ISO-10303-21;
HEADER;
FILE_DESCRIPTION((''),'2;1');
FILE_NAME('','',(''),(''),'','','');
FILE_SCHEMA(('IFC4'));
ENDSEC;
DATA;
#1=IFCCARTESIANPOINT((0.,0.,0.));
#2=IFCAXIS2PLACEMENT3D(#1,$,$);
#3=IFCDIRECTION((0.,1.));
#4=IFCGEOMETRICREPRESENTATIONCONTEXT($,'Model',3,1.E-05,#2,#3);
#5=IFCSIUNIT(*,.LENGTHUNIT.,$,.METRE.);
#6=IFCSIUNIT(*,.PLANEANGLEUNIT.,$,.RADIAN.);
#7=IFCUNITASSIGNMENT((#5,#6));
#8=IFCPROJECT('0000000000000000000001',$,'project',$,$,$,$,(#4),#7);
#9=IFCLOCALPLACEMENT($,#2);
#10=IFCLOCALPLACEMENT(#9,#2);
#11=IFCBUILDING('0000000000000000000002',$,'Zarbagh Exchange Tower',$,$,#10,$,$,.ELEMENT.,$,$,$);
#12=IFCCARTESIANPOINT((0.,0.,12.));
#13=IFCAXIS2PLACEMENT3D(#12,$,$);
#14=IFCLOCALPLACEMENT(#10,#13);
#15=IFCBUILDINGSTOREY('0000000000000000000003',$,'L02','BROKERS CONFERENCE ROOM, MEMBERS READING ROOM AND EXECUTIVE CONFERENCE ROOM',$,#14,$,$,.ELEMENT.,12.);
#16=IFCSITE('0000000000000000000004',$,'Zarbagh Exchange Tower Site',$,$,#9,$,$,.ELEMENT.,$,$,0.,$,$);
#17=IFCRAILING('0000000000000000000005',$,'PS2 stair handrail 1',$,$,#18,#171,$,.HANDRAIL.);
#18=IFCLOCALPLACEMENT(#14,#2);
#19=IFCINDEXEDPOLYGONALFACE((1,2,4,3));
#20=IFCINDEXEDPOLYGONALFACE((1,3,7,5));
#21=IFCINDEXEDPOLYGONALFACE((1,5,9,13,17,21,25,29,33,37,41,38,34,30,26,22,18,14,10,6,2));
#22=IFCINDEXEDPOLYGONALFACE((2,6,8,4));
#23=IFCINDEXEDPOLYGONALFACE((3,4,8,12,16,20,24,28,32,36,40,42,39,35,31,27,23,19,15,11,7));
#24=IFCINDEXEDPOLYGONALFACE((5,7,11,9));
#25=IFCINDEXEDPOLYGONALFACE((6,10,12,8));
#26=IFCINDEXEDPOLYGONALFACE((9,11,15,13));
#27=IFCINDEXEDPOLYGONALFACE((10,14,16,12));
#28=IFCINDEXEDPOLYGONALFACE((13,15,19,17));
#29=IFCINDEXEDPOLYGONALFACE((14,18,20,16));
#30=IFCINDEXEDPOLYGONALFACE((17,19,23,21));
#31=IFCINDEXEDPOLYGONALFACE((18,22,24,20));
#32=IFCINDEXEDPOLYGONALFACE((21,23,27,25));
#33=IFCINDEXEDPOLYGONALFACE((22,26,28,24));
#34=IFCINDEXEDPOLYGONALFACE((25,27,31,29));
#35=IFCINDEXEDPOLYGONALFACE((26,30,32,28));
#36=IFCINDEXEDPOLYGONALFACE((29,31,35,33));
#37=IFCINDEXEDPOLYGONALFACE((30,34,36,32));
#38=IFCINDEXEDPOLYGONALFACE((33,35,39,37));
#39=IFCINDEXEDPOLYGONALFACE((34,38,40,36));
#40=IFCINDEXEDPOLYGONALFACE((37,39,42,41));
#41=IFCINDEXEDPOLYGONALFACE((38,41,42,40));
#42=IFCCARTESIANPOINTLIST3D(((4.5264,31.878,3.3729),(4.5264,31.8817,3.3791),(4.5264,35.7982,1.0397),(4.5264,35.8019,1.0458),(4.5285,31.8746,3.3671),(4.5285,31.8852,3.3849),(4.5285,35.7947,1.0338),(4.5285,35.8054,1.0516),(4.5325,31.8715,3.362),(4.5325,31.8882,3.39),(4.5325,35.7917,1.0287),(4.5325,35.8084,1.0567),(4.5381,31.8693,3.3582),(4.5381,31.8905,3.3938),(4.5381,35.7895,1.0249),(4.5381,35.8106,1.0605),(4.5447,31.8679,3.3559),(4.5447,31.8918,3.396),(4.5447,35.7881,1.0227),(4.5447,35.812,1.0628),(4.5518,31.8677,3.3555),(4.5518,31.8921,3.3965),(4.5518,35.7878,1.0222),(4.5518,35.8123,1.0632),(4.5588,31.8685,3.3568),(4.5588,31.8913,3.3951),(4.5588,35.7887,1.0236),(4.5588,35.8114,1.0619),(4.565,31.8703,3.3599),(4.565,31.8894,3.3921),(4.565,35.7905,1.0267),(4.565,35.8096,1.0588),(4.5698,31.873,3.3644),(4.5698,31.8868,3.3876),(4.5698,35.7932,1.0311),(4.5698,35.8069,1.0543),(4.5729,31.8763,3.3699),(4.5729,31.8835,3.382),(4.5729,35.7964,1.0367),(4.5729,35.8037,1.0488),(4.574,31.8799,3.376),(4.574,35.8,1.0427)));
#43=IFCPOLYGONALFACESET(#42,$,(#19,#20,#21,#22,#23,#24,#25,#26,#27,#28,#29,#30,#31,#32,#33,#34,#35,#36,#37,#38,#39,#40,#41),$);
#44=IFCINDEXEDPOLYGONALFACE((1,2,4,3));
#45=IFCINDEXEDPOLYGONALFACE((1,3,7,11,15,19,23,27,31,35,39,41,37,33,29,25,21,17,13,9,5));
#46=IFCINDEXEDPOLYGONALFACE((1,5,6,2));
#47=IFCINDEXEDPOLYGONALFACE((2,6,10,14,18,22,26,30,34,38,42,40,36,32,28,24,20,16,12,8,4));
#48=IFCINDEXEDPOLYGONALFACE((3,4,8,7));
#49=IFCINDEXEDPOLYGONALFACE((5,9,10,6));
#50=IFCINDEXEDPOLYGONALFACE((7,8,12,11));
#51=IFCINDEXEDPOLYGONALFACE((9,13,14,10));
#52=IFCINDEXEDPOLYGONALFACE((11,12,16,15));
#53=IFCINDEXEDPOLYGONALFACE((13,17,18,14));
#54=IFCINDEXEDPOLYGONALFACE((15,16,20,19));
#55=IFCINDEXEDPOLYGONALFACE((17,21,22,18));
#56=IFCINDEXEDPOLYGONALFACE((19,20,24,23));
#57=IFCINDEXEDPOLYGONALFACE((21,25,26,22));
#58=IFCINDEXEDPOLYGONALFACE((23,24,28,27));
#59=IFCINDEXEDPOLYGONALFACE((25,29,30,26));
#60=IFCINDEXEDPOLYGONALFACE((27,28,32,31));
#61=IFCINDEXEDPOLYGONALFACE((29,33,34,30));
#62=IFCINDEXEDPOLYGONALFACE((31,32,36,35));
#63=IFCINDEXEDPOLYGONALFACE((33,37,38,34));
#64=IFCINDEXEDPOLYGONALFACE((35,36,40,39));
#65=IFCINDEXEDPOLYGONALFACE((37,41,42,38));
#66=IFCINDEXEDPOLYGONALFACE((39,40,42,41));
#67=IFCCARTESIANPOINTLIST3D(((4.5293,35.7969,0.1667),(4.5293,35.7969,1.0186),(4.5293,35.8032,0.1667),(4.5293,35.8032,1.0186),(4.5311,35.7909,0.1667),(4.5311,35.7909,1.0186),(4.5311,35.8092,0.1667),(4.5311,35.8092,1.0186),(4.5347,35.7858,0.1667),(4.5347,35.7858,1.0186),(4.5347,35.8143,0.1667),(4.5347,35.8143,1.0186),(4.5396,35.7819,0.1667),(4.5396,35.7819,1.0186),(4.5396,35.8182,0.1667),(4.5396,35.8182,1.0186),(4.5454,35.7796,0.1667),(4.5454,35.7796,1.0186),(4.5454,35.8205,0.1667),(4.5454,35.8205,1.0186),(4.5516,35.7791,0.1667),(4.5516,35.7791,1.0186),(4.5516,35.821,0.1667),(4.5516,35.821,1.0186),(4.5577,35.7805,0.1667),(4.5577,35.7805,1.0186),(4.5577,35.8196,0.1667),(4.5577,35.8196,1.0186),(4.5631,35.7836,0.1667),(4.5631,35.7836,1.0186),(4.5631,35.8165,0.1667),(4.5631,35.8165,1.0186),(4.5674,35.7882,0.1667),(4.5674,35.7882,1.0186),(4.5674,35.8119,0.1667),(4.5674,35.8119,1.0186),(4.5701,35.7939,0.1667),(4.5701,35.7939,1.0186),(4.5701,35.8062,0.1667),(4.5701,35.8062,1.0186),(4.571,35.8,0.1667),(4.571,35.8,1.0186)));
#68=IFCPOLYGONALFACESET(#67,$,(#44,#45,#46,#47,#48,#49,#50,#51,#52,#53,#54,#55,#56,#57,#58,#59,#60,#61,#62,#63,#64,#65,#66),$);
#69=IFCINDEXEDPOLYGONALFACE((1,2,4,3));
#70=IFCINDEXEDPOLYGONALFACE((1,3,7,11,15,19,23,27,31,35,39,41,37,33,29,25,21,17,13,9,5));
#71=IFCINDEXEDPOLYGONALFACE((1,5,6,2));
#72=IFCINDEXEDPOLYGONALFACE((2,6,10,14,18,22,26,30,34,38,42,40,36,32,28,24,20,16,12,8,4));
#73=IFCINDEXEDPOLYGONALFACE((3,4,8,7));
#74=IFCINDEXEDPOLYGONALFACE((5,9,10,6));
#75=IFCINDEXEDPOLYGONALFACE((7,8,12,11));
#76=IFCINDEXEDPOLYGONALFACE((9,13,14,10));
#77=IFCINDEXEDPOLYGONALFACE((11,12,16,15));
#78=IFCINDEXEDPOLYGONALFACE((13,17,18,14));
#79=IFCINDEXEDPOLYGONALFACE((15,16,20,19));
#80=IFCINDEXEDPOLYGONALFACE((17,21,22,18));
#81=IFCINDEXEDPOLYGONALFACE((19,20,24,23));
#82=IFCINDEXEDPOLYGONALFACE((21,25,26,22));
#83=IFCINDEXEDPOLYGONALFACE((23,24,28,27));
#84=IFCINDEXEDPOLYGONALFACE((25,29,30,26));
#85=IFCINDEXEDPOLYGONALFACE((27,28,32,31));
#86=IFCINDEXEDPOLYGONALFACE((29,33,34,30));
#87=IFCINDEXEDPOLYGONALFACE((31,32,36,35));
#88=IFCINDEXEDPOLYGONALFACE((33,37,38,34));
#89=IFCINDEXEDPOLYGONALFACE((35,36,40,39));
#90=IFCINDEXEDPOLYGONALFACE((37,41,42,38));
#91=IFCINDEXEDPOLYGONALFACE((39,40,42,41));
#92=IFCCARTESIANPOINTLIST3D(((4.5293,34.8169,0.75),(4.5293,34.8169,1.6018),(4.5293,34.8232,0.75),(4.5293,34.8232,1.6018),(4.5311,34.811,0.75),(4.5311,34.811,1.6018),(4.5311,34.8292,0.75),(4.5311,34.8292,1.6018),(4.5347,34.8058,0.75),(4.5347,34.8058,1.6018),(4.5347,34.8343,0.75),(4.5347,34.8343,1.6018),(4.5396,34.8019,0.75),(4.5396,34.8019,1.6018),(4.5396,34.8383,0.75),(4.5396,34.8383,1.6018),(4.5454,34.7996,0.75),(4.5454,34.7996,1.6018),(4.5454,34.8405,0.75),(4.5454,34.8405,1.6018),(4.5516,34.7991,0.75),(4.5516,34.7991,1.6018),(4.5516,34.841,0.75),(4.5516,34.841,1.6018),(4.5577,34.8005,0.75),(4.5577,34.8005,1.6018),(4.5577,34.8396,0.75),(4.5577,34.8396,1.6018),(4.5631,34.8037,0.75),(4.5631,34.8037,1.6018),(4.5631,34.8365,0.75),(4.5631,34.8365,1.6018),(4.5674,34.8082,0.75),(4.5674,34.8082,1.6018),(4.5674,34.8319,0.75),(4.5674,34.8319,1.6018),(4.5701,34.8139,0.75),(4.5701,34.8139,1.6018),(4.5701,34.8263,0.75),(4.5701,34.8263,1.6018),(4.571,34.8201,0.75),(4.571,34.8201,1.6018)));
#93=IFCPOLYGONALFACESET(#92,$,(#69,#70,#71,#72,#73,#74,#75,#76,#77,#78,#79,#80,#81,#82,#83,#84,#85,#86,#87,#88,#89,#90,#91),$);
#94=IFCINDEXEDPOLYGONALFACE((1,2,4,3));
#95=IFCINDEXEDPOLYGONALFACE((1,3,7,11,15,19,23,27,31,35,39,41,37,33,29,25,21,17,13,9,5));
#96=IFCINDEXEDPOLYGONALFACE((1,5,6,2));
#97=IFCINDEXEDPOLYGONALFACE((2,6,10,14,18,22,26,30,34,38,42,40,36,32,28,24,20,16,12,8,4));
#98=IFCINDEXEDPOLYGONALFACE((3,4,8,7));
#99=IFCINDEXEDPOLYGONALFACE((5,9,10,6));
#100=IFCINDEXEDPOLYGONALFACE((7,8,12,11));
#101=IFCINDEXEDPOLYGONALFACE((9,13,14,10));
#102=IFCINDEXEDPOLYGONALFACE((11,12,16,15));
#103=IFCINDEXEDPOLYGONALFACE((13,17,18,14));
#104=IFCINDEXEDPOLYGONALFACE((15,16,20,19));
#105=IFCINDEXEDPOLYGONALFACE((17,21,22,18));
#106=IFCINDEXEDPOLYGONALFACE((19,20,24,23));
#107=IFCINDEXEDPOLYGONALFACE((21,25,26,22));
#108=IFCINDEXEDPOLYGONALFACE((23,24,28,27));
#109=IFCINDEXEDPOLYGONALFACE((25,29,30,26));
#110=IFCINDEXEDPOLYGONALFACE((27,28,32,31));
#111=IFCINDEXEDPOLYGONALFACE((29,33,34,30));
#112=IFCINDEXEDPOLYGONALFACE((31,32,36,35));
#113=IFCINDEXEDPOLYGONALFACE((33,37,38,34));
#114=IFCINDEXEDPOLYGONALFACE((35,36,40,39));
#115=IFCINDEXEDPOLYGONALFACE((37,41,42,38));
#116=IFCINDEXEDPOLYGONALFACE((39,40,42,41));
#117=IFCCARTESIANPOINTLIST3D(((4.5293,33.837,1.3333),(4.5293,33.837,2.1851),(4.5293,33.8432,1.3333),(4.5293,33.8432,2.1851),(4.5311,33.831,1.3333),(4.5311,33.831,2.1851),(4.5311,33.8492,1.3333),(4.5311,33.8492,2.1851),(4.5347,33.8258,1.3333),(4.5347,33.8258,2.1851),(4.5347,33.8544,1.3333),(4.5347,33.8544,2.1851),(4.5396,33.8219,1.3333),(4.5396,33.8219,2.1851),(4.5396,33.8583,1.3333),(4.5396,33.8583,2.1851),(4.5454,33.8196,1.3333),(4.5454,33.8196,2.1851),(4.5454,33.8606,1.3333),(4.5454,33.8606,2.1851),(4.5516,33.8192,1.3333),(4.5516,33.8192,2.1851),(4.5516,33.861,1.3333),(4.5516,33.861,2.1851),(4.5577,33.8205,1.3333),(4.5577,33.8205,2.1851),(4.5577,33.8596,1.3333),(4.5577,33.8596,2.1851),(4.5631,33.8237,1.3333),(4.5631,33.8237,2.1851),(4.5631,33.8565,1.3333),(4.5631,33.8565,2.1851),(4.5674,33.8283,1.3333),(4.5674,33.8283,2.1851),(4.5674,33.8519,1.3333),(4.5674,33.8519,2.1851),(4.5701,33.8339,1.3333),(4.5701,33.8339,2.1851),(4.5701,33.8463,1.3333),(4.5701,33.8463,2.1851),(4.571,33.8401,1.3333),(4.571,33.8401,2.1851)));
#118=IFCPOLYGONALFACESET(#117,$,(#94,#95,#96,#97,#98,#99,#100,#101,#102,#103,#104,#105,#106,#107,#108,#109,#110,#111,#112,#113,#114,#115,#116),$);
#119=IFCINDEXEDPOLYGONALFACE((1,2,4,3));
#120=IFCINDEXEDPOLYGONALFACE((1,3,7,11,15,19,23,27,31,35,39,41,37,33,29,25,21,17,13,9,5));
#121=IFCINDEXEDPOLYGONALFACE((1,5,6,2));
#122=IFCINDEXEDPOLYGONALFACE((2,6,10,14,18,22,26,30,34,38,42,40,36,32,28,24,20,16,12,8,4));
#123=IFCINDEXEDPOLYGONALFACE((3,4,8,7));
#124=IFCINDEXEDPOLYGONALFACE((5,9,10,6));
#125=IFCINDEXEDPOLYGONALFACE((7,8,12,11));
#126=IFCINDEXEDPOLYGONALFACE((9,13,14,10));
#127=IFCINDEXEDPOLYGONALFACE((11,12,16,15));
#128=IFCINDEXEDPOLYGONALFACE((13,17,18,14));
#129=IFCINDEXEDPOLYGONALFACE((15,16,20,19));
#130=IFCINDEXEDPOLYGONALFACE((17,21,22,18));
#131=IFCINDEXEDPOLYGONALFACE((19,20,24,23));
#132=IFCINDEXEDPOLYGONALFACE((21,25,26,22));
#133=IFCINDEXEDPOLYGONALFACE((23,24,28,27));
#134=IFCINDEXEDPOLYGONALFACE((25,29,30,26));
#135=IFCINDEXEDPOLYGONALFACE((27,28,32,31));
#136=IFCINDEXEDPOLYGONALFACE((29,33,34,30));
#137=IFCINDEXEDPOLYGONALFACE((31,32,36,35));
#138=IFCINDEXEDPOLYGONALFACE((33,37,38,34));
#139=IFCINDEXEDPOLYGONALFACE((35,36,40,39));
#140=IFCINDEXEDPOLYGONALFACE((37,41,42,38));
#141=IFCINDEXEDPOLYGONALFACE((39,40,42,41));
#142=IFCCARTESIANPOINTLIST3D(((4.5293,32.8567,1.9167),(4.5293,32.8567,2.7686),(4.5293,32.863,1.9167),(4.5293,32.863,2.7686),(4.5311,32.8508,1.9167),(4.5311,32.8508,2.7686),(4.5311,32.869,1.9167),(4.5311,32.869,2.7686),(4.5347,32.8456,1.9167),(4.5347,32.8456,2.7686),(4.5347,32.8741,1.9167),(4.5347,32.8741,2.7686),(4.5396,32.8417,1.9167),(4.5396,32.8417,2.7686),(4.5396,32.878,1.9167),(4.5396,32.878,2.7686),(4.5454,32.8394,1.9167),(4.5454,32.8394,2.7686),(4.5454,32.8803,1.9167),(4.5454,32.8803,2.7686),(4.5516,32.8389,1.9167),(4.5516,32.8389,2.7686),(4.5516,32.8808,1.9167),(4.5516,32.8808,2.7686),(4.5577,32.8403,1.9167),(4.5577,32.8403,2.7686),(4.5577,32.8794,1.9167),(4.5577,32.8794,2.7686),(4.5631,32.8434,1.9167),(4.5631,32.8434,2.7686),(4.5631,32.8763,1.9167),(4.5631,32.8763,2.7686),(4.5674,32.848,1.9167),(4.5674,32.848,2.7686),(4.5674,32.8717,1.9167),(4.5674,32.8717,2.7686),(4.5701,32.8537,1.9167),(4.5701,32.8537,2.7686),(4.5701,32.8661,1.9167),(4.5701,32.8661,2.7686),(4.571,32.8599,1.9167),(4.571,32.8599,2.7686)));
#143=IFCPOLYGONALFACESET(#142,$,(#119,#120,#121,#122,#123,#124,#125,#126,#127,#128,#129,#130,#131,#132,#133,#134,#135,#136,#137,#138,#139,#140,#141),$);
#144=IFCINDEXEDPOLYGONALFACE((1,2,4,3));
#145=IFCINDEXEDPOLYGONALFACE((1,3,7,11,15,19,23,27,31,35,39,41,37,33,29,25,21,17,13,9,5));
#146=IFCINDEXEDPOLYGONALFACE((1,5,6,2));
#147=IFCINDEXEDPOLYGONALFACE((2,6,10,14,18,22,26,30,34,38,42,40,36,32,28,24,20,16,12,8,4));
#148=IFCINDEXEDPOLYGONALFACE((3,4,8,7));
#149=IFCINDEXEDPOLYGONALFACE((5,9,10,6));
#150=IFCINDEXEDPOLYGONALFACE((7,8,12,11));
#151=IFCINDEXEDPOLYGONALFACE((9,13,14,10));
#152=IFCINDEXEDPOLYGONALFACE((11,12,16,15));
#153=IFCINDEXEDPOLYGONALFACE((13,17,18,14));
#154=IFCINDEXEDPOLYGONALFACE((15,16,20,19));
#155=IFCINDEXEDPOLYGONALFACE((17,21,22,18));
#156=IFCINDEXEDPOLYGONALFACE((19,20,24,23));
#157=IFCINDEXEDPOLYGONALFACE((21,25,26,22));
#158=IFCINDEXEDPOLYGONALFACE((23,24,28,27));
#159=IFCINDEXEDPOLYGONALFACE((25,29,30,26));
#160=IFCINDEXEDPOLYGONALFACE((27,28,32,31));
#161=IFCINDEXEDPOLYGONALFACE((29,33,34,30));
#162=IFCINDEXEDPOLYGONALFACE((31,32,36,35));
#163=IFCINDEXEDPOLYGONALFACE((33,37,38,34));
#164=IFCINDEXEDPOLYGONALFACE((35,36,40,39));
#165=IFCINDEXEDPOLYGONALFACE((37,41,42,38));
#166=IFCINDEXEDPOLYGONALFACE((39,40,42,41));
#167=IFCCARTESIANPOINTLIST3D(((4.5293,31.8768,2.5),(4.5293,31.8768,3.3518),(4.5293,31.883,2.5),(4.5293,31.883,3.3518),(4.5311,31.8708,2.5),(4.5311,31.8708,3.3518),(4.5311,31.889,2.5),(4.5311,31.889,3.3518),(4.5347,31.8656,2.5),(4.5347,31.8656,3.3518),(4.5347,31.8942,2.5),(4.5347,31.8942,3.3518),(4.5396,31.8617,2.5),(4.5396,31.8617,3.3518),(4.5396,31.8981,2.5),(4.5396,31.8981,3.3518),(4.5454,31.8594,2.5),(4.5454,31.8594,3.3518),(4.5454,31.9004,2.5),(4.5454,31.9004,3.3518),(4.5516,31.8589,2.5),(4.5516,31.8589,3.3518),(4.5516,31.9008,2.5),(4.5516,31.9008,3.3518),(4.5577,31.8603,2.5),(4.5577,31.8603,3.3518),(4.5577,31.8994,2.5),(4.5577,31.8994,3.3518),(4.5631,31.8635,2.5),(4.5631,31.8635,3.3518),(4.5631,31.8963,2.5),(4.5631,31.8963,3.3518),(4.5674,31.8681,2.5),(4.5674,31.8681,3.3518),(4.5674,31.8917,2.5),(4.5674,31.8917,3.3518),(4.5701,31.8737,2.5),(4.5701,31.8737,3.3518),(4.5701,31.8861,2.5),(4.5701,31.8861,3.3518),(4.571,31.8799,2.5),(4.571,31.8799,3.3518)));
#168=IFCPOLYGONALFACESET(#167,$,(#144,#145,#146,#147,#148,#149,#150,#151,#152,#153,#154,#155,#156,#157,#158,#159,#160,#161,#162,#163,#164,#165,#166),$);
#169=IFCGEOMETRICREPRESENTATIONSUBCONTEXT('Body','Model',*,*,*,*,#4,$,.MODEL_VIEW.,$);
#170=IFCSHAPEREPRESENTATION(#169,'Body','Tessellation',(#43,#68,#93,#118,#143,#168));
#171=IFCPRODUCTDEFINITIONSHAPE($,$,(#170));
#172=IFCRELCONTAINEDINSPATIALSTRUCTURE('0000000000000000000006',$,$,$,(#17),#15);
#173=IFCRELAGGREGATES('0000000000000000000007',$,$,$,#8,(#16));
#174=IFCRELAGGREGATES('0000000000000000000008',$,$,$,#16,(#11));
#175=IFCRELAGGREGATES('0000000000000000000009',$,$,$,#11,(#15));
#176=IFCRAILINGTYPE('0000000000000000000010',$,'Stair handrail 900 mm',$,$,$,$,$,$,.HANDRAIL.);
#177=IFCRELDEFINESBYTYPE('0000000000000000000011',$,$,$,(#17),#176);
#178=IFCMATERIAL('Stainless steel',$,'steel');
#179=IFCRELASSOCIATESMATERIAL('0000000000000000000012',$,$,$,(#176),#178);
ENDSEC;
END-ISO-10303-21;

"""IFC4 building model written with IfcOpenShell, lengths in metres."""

from ifc_helpers import new_model, si_unit, direction, frame, origin, origin_2d, place, context, subcontext, project, spatial, circle, extrude, material, type_object, element, save


model = new_model("IFC4")

# Units and contexts
model_context = context("Model", 3, precision=1e-05, world=origin(), true_north=direction((0.0, 1.0)))
body_context = subcontext(model_context, "Body", "Model", "MODEL_VIEW")
ifc_project = project(units=[si_unit("LENGTHUNIT", "METRE"), si_unit("PLANEANGLEUNIT", "RADIAN")], contexts=[model_context])

# Site, building, storey
site_placement = place(None, origin())
site = spatial("IfcSite", under=ifc_project, at=site_placement, Name="Zarbagh Exchange Tower Site", CompositionType="ELEMENT", RefElevation=0.0)
building_placement = place(site_placement, origin())
building = spatial("IfcBuilding", under=site, at=building_placement, Name="Zarbagh Exchange Tower", CompositionType="ELEMENT")
storey_placement = place(building_placement, frame((0.0, 0.0, 12.0)))
storey = spatial("IfcBuildingStorey", under=building, at=storey_placement, Name="L02", Description="BROKERS CONFERENCE ROOM, MEMBERS READING ROOM AND EXECUTIVE CONFERENCE ROOM", CompositionType="ELEMENT", Elevation=12.0)

# Railing
ifc_material_1 = material(Name="Stainless steel", Category="steel")
railing_type_1 = type_object("IfcRailingType", Name="Stair handrail 900 mm", PredefinedType="HANDRAIL", material=ifc_material_1)
railing_1_placement = place(storey_placement, frame((4.55, 35.8, 0.1667)))
element("IfcRailing", 1, at=railing_1_placement, inside=storey, type_object=railing_type_1, Name="PS2 stair handrail 1", PredefinedType="HANDRAIL", context=body_context, shape_type="SweptSolid", body=[
    extrude(circle(Radius=0.0239, at=origin_2d()), frame((0.0, 0.0, 0.876), z_axis=(0.0, -0.85931, 0.511455), x_axis=(1.0, 0.0, 0.0)), (0.0, 0.0, 1.0), 4.562),
    extrude(circle(Radius=0.021, at=origin_2d()), origin(), (0.0, 0.0, 1.0), 0.8518),
    extrude(circle(Radius=0.021, at=origin_2d()), frame((0.0, -0.98, 0.5833)), (0.0, 0.0, 1.0), 0.8518),
    extrude(circle(Radius=0.021, at=origin_2d()), frame((0.0, -1.96, 1.1665)), (0.0, 0.0, 1.0), 0.8518),
    extrude(circle(Radius=0.021, at=origin_2d()), frame((0.0, -2.9402, 1.75)), (0.0, 0.0, 1.0), 0.8518),
    extrude(circle(Radius=0.021, at=origin_2d()), frame((0.0, -3.9202, 2.3333)), (0.0, 0.0, 1.0), 0.8518),
])

save(model, "model.ifc")
